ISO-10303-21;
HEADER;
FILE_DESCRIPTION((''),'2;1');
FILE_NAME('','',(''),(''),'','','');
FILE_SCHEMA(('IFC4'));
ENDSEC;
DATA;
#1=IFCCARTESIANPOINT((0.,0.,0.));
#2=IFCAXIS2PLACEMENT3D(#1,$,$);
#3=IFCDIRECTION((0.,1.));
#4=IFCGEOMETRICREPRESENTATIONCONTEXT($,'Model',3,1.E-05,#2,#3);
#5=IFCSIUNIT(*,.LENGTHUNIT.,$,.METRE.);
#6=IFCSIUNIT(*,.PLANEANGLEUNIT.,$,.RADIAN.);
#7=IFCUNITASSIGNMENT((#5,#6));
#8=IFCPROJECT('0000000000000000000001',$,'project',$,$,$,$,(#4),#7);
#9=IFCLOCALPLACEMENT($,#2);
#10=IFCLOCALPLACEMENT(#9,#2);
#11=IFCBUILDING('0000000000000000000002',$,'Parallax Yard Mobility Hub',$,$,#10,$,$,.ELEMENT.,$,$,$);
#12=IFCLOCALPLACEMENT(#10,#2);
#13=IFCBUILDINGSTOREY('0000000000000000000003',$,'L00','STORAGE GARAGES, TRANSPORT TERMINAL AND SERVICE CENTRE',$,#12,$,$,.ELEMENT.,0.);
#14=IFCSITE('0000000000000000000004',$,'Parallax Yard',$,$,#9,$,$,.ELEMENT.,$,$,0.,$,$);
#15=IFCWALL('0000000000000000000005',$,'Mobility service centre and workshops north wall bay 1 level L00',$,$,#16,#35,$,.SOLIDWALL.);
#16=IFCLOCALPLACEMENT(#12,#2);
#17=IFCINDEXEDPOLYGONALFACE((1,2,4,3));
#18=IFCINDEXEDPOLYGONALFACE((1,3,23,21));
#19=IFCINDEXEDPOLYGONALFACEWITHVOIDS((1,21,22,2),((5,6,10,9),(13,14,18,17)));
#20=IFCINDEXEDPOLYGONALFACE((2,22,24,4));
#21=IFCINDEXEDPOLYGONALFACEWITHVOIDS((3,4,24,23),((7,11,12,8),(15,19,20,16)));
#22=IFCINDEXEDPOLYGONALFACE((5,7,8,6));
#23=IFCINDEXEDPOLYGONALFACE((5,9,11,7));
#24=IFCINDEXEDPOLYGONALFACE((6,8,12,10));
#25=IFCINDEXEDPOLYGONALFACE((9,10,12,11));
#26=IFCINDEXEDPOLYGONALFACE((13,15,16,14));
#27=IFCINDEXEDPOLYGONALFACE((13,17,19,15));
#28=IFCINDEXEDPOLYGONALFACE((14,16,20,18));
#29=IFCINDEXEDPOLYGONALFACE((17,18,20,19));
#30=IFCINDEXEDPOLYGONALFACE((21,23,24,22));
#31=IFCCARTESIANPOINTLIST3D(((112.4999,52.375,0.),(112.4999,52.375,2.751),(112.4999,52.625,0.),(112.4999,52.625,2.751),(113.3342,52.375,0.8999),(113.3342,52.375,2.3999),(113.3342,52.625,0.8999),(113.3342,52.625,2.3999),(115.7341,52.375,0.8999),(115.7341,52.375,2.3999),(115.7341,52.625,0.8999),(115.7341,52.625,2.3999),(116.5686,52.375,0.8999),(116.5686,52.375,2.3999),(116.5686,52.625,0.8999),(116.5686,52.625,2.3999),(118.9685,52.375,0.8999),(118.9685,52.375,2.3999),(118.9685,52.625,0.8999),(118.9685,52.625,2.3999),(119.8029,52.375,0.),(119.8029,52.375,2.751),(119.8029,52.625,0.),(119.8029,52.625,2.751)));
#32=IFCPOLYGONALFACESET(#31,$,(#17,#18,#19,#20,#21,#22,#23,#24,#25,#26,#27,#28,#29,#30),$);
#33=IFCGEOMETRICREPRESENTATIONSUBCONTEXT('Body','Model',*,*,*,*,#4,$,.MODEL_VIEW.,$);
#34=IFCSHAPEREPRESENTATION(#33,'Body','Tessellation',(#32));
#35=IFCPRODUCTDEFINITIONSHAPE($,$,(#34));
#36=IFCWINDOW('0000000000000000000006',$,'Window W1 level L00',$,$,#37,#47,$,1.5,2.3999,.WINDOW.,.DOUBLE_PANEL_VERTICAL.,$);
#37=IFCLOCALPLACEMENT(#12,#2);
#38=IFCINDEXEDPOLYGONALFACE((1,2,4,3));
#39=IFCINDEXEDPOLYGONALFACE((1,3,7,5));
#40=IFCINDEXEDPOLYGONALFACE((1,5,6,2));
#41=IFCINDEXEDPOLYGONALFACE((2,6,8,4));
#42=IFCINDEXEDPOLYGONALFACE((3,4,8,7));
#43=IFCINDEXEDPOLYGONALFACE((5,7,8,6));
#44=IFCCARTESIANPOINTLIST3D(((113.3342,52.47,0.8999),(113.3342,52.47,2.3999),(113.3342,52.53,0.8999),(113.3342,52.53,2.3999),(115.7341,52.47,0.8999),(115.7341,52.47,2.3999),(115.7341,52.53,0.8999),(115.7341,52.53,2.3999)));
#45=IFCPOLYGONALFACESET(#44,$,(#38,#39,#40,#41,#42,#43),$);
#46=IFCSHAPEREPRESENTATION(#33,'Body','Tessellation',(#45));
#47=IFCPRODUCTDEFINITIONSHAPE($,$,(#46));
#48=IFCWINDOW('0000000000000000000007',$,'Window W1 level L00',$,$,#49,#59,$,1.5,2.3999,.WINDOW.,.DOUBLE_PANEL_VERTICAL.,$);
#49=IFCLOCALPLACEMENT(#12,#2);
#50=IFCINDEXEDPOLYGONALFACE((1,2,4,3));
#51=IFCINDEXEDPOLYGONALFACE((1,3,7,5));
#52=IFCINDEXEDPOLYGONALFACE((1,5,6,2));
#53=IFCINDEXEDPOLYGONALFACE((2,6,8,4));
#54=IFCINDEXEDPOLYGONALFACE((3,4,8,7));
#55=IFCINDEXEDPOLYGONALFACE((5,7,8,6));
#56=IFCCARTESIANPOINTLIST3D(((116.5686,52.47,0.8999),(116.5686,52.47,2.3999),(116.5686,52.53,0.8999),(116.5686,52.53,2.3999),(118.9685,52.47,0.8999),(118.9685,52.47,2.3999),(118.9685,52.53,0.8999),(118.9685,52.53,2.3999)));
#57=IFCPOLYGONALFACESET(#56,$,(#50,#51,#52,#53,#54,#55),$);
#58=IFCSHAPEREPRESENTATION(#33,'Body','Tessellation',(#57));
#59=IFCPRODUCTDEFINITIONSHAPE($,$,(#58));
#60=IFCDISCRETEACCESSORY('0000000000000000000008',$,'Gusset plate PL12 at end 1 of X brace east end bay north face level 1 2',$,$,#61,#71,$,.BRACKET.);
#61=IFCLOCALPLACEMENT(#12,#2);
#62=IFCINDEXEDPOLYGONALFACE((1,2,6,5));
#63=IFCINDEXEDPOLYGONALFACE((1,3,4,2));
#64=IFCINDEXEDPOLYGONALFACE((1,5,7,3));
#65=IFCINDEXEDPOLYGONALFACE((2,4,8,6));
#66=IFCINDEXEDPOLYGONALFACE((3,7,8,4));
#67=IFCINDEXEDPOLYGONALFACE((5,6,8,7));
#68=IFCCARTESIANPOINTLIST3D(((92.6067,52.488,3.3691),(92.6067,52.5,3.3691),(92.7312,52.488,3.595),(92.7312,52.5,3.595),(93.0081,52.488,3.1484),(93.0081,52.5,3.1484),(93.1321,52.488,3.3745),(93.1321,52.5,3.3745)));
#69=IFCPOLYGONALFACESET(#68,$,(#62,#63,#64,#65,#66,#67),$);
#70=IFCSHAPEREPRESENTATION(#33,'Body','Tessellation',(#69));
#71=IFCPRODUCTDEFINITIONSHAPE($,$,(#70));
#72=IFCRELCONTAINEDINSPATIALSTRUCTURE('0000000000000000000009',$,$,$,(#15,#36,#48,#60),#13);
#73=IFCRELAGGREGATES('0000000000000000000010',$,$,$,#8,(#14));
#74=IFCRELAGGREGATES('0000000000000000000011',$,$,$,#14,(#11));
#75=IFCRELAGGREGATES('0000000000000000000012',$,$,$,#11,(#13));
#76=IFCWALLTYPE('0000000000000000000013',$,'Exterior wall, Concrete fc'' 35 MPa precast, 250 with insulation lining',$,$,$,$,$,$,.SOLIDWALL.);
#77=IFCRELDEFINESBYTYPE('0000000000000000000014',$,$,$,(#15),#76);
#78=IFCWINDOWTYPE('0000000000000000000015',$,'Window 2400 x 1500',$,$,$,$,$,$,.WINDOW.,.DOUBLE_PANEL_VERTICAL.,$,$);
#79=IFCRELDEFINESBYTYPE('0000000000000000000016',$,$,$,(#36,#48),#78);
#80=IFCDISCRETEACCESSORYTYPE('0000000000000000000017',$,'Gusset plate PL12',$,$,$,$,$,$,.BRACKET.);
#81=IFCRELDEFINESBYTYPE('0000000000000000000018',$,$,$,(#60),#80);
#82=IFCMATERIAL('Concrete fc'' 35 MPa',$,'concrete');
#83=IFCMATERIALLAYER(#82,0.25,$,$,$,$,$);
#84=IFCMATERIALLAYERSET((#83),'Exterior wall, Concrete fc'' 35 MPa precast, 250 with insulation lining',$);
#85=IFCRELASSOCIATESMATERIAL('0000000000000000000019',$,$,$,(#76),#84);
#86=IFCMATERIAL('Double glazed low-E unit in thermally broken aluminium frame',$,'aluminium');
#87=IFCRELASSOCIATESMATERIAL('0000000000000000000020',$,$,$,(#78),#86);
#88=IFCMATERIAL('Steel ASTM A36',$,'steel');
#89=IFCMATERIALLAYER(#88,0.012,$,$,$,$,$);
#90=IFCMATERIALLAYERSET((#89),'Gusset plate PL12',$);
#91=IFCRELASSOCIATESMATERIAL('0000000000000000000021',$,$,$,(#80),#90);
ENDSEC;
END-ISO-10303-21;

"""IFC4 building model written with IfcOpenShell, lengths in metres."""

from ifc_helpers import new_model, si_unit, direction, frame, frame_2d, origin, place, context, subcontext, project, spatial, polyline, rectangle, outline, extrude, material, layer, layer_set, type_object, element, fill, save


model = new_model("IFC4")

# Units and contexts
model_context = context("Model", 3, precision=1e-05, world=origin(), true_north=direction((0.0, 1.0)))
body_context = subcontext(model_context, "Body", "Model", "MODEL_VIEW")
ifc_project = project(units=[si_unit("LENGTHUNIT", "METRE"), si_unit("PLANEANGLEUNIT", "RADIAN")], contexts=[model_context])

# Site, building, storey
site_placement = place(None, origin())
site = spatial("IfcSite", under=ifc_project, at=site_placement, Name="Parallax Yard", CompositionType="ELEMENT", RefElevation=0.0)
building_placement = place(site_placement, origin())
building = spatial("IfcBuilding", under=site, at=building_placement, Name="Parallax Yard Mobility Hub", CompositionType="ELEMENT")
storey_placement = place(building_placement, origin())
storey = spatial("IfcBuildingStorey", under=building, at=storey_placement, Name="L00", Description="STORAGE GARAGES, TRANSPORT TERMINAL AND SERVICE CENTRE", CompositionType="ELEMENT", Elevation=0.0)

# Wall, openings, windows
ifc_material_1 = material(Name="Concrete fc' 35 MPa", Category="concrete")
ifc_layer_1 = layer(ifc_material_1, 0.25)
ifc_layer_set_1 = layer_set([ifc_layer_1], Name="Exterior wall, Concrete fc' 35 MPa precast, 250 with insulation lining")
wall_type = type_object("IfcWallType", Name="Exterior wall, Concrete fc' 35 MPa precast, 250 with insulation lining", PredefinedType="SOLIDWALL", material=ifc_layer_set_1)
wall_placement = place(storey_placement, frame((112.5, 52.5, 0.0), z_axis=(0.0, 0.0, 1.0), x_axis=(1.0, 0.0, 0.0)))
wall = element("IfcWall", 1, at=wall_placement, inside=storey, type_object=wall_type, Name="Mobility service centre and workshops north wall bay 1 level L00", PredefinedType="SOLIDWALL", context=body_context, shape_type="SweptSolid", body=[
    extrude(rectangle(XDim=7.303, YDim=0.25, at=frame_2d((3.6514, 0.0))), origin(), (0.0, 0.0, 1.0), 2.751),
])
opening_1_placement = place(wall_placement, frame((0.8342, 0.0, 0.8999)))
opening_1 = element("IfcOpeningElement", 2, at=opening_1_placement, cuts=wall, PredefinedType="OPENING", context=body_context, shape_type="SweptSolid", body=[
    extrude(rectangle(XDim=2.3999, YDim=1.5, at=frame_2d((1.2, 0.75))), frame((0.0, 0.135, 0.0), z_axis=(0.0, -1.0, 0.0), x_axis=(1.0, 0.0, 0.0)), (0.0, 0.0, 1.0), 0.27),
])
opening_2_placement = place(wall_placement, frame((4.0686, 0.0, 0.8999)))
opening_2 = element("IfcOpeningElement", 3, at=opening_2_placement, cuts=wall, PredefinedType="OPENING", context=body_context, shape_type="SweptSolid", body=[
    extrude(rectangle(XDim=2.3999, YDim=1.5, at=frame_2d((1.2, 0.75))), frame((0.0, 0.135, 0.0), z_axis=(0.0, -1.0, 0.0), x_axis=(1.0, 0.0, 0.0)), (0.0, 0.0, 1.0), 0.27),
])
ifc_material_2 = material(Name="Double glazed low-E unit in thermally broken aluminium frame", Category="aluminium")
window_type = type_object("IfcWindowType", Name="Window 2400 x 1500", PartitioningType="DOUBLE_PANEL_VERTICAL", PredefinedType="WINDOW", material=ifc_material_2)
window_1_placement = place(opening_1_placement, origin())
window_1 = element("IfcWindow", 4, at=window_1_placement, inside=storey, type_object=window_type, Name="Window W1 level L00", OverallHeight=1.5, OverallWidth=2.3999, PartitioningType="DOUBLE_PANEL_VERTICAL", PredefinedType="WINDOW", context=body_context, shape_type="SweptSolid", body=[
    extrude(rectangle(XDim=2.3999, YDim=1.5, at=frame_2d((1.2, 0.75))), frame((0.0, 0.03, 0.0), z_axis=(0.0, -1.0, 0.0), x_axis=(1.0, 0.0, 0.0)), (0.0, 0.0, 1.0), 0.0601),
])
fill(opening_1, window_1)
window_2_placement = place(opening_2_placement, origin())
window_2 = element("IfcWindow", 5, at=window_2_placement, inside=storey, type_object=window_type, Name="Window W1 level L00", OverallHeight=1.5, OverallWidth=2.3999, PartitioningType="DOUBLE_PANEL_VERTICAL", PredefinedType="WINDOW", context=body_context, shape_type="SweptSolid", body=[
    extrude(rectangle(XDim=2.3999, YDim=1.5, at=frame_2d((1.2, 0.75))), frame((0.0, 0.03, 0.0), z_axis=(0.0, -1.0, 0.0), x_axis=(1.0, 0.0, 0.0)), (0.0, 0.0, 1.0), 0.0601),
])
fill(opening_2, window_2)

# Discrete accessory
ifc_material_3 = material(Name="Steel ASTM A36", Category="steel")
ifc_layer_2 = layer(ifc_material_3, 0.012)
ifc_layer_set_2 = layer_set([ifc_layer_2], Name="Gusset plate PL12")
discrete_accessory_type = type_object("IfcDiscreteAccessoryType", Name="Gusset plate PL12", PredefinedType="BRACKET", material=ifc_layer_set_2)
discrete_accessory_placement = place(storey_placement, frame((92.7312, 52.5, 3.595), z_axis=(0.0, 1.0, 0.0), x_axis=(0.876238, 0.0, -0.481878)))
element("IfcDiscreteAccessory", 6, at=discrete_accessory_placement, inside=storey, type_object=discrete_accessory_type, Name="Gusset plate PL12 at end 1 of X brace east end bay north face level 1 2", PredefinedType="BRACKET", context=body_context, shape_type="SweptSolid", body=[
    extrude(outline(polyline([(0.0, 0.0), (0.4575, 0.0), (0.4578, 0.2579), (-0.0003, 0.2579), (0.0, 0.0)])), origin(), (0.0, 0.0, -1.0), 0.012),
])

save(model, "model.ifc")
